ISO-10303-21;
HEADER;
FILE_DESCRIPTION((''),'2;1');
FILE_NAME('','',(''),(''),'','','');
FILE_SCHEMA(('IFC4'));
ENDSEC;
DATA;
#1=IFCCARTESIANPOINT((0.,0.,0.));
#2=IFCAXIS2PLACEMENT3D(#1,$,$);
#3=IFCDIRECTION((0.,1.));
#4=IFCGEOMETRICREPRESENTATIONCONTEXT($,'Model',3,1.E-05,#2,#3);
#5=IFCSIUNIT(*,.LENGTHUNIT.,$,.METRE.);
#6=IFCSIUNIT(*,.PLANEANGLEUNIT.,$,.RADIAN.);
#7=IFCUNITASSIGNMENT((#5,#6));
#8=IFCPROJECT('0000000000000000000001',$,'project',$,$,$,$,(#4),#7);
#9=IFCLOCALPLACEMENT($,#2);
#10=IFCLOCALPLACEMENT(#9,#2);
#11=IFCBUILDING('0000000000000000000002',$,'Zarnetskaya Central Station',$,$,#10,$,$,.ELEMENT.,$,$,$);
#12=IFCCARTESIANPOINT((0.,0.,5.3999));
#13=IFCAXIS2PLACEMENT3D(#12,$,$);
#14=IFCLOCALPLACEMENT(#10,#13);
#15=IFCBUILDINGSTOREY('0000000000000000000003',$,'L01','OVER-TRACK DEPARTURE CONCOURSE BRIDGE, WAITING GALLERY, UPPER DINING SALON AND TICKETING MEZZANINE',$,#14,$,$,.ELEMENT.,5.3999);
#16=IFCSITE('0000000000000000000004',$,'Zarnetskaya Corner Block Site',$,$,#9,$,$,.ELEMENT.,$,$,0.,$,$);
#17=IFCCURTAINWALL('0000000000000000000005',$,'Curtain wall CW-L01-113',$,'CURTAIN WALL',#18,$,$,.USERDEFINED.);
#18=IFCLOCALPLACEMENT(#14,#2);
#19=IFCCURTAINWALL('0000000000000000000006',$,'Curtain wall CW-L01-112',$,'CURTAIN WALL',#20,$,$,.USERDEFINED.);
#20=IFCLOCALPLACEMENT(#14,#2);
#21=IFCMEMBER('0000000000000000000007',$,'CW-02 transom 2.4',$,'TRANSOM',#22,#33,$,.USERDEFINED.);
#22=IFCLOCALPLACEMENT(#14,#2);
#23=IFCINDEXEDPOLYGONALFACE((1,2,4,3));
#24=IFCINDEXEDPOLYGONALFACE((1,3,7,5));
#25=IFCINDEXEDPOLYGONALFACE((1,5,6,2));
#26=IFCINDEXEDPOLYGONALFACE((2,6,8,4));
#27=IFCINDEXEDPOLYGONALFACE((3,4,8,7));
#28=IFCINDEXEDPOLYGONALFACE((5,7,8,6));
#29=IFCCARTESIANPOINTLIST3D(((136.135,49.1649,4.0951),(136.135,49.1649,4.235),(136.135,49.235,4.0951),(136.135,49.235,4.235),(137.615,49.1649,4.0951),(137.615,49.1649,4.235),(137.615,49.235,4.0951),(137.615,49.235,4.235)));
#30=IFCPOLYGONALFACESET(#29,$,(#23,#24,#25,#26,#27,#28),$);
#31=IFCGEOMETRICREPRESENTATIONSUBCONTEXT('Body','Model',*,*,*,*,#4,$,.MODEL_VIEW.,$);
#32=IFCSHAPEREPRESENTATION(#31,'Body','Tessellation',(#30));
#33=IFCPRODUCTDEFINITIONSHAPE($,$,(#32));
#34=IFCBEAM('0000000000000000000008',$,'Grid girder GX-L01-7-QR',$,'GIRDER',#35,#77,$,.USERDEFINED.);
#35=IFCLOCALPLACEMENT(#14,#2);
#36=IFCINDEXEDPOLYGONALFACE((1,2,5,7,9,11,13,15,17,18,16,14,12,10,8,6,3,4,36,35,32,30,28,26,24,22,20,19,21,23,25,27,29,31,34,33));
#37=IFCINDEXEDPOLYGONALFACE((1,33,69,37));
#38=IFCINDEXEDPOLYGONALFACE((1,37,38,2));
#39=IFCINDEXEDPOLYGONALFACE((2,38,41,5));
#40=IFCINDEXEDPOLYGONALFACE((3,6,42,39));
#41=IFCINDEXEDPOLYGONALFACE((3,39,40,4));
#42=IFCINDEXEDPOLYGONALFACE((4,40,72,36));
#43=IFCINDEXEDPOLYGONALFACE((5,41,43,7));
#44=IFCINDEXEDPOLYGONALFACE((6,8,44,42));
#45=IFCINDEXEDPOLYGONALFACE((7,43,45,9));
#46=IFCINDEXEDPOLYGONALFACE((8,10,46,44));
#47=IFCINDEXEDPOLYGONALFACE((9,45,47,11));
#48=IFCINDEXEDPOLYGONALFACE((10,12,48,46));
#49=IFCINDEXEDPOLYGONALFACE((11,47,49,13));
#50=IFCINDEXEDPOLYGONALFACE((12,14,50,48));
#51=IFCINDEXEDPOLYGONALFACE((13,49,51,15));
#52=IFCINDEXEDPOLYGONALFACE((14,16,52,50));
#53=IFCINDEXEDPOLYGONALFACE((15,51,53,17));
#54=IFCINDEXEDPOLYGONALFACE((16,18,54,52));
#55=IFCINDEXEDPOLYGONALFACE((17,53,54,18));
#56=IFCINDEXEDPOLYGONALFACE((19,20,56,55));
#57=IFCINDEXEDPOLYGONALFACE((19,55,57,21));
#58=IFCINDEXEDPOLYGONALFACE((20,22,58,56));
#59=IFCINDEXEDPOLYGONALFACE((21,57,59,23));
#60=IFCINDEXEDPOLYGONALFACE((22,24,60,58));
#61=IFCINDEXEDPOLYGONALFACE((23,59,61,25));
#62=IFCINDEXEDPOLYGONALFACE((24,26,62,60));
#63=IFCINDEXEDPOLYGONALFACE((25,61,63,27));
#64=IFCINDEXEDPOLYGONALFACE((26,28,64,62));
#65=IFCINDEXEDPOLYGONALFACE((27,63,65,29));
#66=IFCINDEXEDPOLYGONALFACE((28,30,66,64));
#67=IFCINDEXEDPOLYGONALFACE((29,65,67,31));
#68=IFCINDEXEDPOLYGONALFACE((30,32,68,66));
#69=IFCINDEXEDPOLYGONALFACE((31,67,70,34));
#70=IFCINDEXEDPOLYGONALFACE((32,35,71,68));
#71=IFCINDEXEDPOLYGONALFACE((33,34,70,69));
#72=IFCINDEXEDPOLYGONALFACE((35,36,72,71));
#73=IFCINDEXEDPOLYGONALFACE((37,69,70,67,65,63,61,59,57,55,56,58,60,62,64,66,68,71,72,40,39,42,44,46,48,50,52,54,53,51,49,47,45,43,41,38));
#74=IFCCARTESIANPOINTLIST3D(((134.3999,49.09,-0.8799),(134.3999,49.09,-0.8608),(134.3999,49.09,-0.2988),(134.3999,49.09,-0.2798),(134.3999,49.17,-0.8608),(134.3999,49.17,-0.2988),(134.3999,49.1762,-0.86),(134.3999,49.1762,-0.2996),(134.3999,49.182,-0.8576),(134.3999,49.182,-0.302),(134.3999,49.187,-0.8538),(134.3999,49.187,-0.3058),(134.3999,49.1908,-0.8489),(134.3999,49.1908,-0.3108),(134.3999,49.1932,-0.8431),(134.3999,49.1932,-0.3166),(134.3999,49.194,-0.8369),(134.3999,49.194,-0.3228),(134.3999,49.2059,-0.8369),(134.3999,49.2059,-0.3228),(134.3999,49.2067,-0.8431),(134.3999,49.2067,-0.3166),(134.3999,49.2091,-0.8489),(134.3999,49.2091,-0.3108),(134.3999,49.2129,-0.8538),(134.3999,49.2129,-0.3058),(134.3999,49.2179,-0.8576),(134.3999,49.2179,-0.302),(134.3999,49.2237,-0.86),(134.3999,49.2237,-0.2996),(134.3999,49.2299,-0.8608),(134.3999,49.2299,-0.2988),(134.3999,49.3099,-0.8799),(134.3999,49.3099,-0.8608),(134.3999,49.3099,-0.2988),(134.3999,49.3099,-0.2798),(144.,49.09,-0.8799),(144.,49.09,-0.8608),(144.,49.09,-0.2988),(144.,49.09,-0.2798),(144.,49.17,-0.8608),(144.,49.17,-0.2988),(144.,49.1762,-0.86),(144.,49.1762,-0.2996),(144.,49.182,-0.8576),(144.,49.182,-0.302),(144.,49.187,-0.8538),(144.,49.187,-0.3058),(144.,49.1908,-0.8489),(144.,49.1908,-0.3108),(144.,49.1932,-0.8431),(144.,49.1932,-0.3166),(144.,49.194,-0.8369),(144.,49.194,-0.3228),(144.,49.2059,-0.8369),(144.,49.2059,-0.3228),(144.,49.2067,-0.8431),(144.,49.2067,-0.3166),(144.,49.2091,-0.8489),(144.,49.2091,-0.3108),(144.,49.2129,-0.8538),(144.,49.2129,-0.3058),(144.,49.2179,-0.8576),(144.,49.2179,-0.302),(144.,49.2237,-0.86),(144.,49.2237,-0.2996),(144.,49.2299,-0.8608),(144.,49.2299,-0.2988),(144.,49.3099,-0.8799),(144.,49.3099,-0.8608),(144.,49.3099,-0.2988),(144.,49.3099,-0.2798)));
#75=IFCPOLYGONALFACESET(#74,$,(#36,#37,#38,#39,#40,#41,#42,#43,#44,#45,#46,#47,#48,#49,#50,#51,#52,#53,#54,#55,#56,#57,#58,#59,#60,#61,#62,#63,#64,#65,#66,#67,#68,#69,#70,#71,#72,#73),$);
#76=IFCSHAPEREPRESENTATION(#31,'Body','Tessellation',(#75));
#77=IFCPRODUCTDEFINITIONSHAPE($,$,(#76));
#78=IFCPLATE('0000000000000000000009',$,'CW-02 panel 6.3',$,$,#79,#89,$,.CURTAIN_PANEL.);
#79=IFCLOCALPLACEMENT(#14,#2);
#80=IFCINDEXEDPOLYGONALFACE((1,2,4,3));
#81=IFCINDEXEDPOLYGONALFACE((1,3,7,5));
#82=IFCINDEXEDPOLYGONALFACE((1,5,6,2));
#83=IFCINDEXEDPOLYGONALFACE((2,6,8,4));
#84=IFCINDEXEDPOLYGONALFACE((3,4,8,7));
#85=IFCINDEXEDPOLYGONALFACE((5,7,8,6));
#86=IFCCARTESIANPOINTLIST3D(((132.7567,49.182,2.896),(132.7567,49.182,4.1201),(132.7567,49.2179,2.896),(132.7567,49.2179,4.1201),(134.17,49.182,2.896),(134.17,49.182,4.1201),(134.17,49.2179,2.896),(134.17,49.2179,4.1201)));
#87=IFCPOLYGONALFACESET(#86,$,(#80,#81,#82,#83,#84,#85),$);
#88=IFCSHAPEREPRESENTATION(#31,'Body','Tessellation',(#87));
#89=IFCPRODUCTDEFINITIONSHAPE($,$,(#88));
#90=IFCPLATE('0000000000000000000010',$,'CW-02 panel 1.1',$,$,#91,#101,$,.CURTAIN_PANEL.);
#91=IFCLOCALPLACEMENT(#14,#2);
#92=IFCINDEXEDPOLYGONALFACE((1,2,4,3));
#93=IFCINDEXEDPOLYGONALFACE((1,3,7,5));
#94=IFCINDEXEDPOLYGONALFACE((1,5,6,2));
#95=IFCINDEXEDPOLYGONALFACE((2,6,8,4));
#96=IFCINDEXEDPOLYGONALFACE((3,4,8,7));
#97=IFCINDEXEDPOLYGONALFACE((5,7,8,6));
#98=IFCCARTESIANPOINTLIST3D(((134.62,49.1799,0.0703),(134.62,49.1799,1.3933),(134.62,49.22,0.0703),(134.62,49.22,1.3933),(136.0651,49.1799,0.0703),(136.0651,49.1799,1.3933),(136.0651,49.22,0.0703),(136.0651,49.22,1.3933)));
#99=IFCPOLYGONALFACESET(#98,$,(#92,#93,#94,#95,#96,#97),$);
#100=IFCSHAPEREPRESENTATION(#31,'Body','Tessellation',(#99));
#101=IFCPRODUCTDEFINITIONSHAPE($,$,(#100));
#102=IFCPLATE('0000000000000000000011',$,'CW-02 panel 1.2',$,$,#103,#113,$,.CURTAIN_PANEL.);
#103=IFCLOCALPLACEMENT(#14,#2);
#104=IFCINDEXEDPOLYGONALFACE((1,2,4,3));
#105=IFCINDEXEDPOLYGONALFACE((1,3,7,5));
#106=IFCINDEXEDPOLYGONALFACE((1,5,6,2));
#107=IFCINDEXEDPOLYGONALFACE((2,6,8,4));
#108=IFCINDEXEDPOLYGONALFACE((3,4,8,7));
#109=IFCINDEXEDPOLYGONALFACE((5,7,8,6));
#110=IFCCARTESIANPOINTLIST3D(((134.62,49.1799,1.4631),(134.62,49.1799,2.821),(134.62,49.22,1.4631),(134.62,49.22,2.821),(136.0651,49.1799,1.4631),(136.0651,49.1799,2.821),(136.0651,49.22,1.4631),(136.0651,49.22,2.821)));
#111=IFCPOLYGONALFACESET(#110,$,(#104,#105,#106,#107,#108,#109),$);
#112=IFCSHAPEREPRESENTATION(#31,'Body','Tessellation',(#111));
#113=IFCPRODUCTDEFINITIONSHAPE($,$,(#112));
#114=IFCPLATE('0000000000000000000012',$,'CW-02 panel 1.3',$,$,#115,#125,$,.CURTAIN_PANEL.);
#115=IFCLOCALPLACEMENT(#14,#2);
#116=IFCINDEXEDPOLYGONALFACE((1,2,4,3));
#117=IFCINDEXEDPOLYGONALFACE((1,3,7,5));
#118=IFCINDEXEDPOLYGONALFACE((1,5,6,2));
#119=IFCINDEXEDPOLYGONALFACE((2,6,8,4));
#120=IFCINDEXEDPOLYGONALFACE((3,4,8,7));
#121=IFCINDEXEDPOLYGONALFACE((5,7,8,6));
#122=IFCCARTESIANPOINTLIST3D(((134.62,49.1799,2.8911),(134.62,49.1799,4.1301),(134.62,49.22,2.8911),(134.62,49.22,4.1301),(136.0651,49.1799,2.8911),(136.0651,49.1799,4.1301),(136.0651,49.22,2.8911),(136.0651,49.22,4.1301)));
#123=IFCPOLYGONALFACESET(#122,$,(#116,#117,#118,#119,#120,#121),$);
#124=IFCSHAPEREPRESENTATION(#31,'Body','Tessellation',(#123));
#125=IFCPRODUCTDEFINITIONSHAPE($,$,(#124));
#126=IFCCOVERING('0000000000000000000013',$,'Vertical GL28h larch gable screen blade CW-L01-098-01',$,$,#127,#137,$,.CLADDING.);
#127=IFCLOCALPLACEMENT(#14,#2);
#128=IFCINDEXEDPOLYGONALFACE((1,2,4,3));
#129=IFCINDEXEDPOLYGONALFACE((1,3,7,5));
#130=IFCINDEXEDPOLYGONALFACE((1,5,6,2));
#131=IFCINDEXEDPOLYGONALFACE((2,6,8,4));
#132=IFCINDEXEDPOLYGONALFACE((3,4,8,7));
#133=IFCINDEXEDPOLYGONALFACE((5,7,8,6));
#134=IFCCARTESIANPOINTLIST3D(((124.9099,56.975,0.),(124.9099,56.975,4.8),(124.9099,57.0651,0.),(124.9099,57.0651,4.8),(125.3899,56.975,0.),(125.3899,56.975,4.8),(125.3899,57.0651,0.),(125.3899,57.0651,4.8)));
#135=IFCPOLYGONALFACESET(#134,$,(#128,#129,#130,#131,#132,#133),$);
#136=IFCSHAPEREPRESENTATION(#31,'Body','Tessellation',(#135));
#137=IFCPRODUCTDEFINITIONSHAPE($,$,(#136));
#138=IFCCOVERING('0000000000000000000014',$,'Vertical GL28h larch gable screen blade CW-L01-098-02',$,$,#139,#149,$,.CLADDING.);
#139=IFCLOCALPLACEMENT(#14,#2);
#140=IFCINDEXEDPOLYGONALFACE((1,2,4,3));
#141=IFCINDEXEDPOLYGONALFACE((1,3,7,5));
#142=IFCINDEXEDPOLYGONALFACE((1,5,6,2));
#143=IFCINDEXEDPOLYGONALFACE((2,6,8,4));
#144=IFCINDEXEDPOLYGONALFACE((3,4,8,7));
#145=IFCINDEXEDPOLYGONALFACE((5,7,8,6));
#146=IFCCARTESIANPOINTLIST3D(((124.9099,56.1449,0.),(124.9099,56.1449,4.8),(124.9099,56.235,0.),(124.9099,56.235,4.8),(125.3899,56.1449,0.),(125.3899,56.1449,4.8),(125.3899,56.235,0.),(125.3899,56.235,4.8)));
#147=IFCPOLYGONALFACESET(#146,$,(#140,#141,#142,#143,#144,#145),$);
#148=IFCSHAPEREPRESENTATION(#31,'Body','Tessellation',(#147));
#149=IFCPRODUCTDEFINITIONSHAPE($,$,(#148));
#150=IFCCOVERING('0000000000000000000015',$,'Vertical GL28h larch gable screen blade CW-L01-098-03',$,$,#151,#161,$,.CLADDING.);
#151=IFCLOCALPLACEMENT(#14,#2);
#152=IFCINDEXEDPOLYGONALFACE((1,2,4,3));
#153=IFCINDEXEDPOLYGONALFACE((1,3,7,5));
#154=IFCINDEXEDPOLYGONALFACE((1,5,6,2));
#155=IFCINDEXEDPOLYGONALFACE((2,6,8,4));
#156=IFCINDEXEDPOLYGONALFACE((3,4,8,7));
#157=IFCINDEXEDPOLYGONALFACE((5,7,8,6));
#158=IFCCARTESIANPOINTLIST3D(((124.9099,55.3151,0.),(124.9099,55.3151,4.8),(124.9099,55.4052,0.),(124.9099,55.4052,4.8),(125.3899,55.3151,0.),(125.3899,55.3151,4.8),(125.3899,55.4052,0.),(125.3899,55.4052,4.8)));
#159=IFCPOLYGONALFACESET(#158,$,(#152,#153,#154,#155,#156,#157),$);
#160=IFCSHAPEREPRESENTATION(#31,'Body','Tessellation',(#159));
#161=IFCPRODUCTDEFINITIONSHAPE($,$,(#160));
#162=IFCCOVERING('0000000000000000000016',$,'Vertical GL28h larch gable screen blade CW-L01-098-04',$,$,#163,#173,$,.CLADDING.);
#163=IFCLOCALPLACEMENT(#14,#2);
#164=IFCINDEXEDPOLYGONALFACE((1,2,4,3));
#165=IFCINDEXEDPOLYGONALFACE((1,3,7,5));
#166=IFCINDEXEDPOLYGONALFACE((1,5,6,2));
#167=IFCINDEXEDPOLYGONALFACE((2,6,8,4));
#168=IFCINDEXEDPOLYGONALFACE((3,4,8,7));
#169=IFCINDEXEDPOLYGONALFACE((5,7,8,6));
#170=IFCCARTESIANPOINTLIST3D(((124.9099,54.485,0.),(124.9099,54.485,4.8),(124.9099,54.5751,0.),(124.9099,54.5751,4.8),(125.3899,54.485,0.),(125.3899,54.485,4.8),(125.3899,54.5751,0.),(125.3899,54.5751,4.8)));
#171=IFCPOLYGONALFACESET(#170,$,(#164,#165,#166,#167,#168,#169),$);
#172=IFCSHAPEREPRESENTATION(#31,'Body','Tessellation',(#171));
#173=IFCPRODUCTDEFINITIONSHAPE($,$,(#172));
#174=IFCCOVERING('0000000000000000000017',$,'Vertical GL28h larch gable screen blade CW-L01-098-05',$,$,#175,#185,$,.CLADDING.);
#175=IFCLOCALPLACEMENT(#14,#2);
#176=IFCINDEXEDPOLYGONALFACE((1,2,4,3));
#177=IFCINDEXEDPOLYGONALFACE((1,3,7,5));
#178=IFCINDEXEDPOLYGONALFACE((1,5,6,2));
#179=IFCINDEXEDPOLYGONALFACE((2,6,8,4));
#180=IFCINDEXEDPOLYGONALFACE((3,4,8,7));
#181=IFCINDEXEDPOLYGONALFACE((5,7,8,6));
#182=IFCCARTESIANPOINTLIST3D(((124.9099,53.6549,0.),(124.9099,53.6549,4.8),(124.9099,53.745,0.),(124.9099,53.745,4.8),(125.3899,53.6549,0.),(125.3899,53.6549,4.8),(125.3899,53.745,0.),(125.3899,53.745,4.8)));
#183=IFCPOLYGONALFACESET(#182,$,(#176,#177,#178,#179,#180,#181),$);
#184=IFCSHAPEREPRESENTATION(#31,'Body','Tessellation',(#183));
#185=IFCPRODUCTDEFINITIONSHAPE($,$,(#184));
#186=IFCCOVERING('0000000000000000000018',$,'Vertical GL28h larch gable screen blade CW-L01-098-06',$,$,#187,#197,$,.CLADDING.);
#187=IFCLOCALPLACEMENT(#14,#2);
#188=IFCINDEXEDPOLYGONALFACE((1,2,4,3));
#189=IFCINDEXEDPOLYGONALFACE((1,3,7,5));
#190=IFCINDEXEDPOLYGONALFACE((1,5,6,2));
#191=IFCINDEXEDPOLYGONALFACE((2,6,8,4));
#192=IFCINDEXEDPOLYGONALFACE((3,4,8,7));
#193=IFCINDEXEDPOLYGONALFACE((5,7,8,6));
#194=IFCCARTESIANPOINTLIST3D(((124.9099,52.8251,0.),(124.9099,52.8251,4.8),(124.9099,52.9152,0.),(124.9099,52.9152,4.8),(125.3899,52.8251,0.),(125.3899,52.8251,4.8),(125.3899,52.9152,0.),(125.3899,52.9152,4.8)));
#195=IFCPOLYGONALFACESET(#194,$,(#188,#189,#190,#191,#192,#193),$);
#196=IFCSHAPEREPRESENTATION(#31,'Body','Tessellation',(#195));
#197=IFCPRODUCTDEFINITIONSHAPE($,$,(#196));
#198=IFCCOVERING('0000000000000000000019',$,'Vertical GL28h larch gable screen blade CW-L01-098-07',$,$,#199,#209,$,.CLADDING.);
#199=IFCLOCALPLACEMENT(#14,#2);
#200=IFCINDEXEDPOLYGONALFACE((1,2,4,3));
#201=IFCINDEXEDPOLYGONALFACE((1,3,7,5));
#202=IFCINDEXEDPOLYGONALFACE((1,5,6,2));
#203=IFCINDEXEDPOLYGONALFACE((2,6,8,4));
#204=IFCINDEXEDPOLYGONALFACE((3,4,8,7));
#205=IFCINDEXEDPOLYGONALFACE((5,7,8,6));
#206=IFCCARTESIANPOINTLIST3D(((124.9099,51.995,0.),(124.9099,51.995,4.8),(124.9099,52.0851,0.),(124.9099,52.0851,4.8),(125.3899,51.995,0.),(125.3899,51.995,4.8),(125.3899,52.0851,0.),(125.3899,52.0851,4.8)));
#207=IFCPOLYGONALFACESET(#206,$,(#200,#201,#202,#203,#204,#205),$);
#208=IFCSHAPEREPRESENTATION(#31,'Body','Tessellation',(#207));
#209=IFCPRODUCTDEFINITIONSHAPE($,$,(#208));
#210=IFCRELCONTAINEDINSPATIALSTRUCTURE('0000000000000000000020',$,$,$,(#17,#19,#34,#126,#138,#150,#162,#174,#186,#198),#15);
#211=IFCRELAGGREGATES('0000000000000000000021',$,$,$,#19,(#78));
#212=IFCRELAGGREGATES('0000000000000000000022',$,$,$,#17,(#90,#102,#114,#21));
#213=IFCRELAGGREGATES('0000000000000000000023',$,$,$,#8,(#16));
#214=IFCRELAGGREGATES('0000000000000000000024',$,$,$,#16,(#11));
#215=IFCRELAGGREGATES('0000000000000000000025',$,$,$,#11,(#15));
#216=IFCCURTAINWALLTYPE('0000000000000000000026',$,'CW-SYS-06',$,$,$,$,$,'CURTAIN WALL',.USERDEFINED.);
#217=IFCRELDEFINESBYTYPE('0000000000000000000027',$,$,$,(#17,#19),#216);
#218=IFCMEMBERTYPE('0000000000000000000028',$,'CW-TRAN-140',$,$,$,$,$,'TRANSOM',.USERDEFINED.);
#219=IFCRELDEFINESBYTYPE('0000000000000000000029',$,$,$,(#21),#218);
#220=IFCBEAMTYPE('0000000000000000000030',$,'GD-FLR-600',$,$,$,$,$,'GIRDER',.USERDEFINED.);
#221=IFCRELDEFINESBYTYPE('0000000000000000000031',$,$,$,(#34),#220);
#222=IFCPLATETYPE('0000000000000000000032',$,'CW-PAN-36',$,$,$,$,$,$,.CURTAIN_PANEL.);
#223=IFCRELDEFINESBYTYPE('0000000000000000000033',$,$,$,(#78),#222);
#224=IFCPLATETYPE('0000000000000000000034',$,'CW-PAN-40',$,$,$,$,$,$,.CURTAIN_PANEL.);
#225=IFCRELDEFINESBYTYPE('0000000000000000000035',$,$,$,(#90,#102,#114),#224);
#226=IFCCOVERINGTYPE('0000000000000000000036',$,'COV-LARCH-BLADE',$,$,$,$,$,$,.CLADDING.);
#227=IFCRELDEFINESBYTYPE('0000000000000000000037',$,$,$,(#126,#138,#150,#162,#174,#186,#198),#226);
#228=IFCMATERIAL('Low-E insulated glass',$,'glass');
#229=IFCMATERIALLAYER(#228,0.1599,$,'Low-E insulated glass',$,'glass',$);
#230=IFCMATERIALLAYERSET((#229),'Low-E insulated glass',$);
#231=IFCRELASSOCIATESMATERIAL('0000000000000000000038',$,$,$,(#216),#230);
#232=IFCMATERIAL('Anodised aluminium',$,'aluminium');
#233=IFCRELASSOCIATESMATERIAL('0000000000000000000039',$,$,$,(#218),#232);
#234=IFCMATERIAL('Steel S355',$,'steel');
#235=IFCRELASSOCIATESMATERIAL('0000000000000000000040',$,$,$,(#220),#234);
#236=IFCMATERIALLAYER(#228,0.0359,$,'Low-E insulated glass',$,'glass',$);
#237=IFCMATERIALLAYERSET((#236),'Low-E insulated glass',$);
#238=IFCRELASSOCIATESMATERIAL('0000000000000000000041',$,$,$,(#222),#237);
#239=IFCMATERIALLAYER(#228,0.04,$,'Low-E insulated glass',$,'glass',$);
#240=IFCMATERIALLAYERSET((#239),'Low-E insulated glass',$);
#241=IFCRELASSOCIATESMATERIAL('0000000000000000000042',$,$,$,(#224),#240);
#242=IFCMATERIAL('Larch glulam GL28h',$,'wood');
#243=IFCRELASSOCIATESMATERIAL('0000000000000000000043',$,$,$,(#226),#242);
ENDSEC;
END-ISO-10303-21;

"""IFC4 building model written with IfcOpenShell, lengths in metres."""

from ifc_helpers import new_model, si_unit, direction, frame, origin, origin_2d, place, context, subcontext, project, spatial, rectangle, i_section, extrude, material, layer, layer_set, material_profile, profile_set, type_object, element, aggregate, save


model = new_model("IFC4")

# Units and contexts
model_context = context("Model", 3, precision=1e-05, world=origin(), true_north=direction((0.0, 1.0)))
body_context = subcontext(model_context, "Body", "Model", "MODEL_VIEW")
ifc_project = project(units=[si_unit("LENGTHUNIT", "METRE"), si_unit("PLANEANGLEUNIT", "RADIAN")], contexts=[model_context])

# Site, building, storey
site_placement = place(None, origin())
site = spatial("IfcSite", under=ifc_project, at=site_placement, Name="Zarnetskaya Corner Block Site", CompositionType="ELEMENT", RefElevation=0.0)
building_placement = place(site_placement, origin())
building = spatial("IfcBuilding", under=site, at=building_placement, Name="Zarnetskaya Central Station", CompositionType="ELEMENT")
storey_placement = place(building_placement, frame((0.0, 0.0, 5.3999)))
storey = spatial("IfcBuildingStorey", under=building, at=storey_placement, Name="L01", Description="OVER-TRACK DEPARTURE CONCOURSE BRIDGE, WAITING GALLERY, UPPER DINING SALON AND TICKETING MEZZANINE", CompositionType="ELEMENT", Elevation=5.3999)

# Shared definitions
ifc_material_1 = material(Name="Steel S355", Category="steel")

# Curtain wall
ifc_material_2 = material(Name="Low-E insulated glass", Category="glass")
ifc_layer_1 = layer(ifc_material_2, 0.1599, Name="Low-E insulated glass", Category="glass")
ifc_layer_set_1 = layer_set([ifc_layer_1], Name="Low-E insulated glass")
curtain_wall_type = type_object("IfcCurtainWallType", Name="CW-SYS-06", ElementType="CURTAIN WALL", PredefinedType="USERDEFINED", material=ifc_layer_set_1)
curtain_wall_1_placement = place(storey_placement, origin())
curtain_wall_1 = element("IfcCurtainWall", 1, at=curtain_wall_1_placement, inside=storey, type_object=curtain_wall_type, Name="Curtain wall CW-L01-113", ObjectType="CURTAIN WALL", PredefinedType="USERDEFINED")
ifc_material_3 = material(Name="Anodised aluminium", Category="aluminium")

# Curtain wall
curtain_wall_2_placement = place(storey_placement, origin())
curtain_wall_2 = element("IfcCurtainWall", 2, at=curtain_wall_2_placement, inside=storey, type_object=curtain_wall_type, Name="Curtain wall CW-L01-112", ObjectType="CURTAIN WALL", PredefinedType="USERDEFINED")

# Member
ifc_material_profile_1 = material_profile(ifc_material_3, rectangle(XDim=0.0701, YDim=0.1399, at=origin_2d()), Name="ALU TRAN 70x140")
ifc_profile_set_1 = profile_set([ifc_material_profile_1], Name="Anodised aluminium")
member_type_1 = type_object("IfcMemberType", Name="CW-TRAN-140", ElementType="TRANSOM", PredefinedType="USERDEFINED", material=ifc_profile_set_1)
member_1_placement = place(storey_placement, frame((136.135, 49.2, 4.165), z_axis=(1.0, 0.0, 0.0), x_axis=(0.0, 1.0, 0.0)))
member_1 = element("IfcMember", 3, at=member_1_placement, type_object=member_type_1, Name="CW-02 transom 2.4", ObjectType="TRANSOM", PredefinedType="USERDEFINED", context=body_context, shape_type="SweptSolid", body=[
    extrude(rectangle(XDim=0.0701, YDim=0.1399, at=origin_2d()), origin(), (0.0, 0.0, 1.0), 1.48),
])

# Beam
ifc_material_profile_2 = material_profile(ifc_material_1, i_section(OverallWidth=0.22, OverallDepth=0.6001, WebThickness=0.012, FlangeThickness=0.019, FilletRadius=0.0239, at=origin_2d()), Name="IPE 600")
ifc_profile_set_2 = profile_set([ifc_material_profile_2], Name="Steel S355")
beam_type = type_object("IfcBeamType", Name="GD-FLR-600", ElementType="GIRDER", PredefinedType="USERDEFINED", material=ifc_profile_set_2)
beam_placement = place(storey_placement, frame((134.3999, 49.2, -0.5798), z_axis=(1.0, 0.0, 0.0), x_axis=(0.0, 1.0, 0.0)))
element("IfcBeam", 4, at=beam_placement, inside=storey, type_object=beam_type, Name="Grid girder GX-L01-7-QR", ObjectType="GIRDER", PredefinedType="USERDEFINED", context=body_context, shape_type="SweptSolid", body=[
    extrude(i_section(OverallWidth=0.22, OverallDepth=0.6001, WebThickness=0.012, FlangeThickness=0.019, FilletRadius=0.0239, at=origin_2d()), origin(), (0.0, 0.0, 1.0), 9.6001),
])

# Plates
ifc_layer_2 = layer(ifc_material_2, 0.0359, Name="Low-E insulated glass", Category="glass")
ifc_layer_set_2 = layer_set([ifc_layer_2], Name="Low-E insulated glass")
plate_type_1 = type_object("IfcPlateType", Name="CW-PAN-36", PredefinedType="CURTAIN_PANEL", material=ifc_layer_set_2)
plate_1_placement = place(storey_placement, frame((133.4634, 49.2, 2.896), z_axis=(0.0, 0.0, 1.0), x_axis=(1.0, 0.0, 0.0)))
plate_1 = element("IfcPlate", 5, at=plate_1_placement, type_object=plate_type_1, Name="CW-02 panel 6.3", PredefinedType="CURTAIN_PANEL", context=body_context, shape_type="SweptSolid", body=[
    extrude(rectangle(XDim=1.4133, YDim=0.0359, at=origin_2d()), origin(), (0.0, 0.0, 1.0), 1.2241),
])
aggregate(curtain_wall_2, [plate_1])
ifc_layer_3 = layer(ifc_material_2, 0.04, Name="Low-E insulated glass", Category="glass")
ifc_layer_set_3 = layer_set([ifc_layer_3], Name="Low-E insulated glass")
plate_type_2 = type_object("IfcPlateType", Name="CW-PAN-40", PredefinedType="CURTAIN_PANEL", material=ifc_layer_set_3)
plate_2_placement = place(storey_placement, frame((135.3425, 49.2, 0.0703), z_axis=(0.0, 0.0, 1.0), x_axis=(1.0, 0.0, 0.0)))
plate_2 = element("IfcPlate", 6, at=plate_2_placement, type_object=plate_type_2, Name="CW-02 panel 1.1", PredefinedType="CURTAIN_PANEL", context=body_context, shape_type="SweptSolid", body=[
    extrude(rectangle(XDim=1.4451, YDim=0.04, at=origin_2d()), origin(), (0.0, 0.0, 1.0), 1.323),
])
plate_3_placement = place(storey_placement, frame((135.3425, 49.2, 1.4631), z_axis=(0.0, 0.0, 1.0), x_axis=(1.0, 0.0, 0.0)))
plate_3 = element("IfcPlate", 7, at=plate_3_placement, type_object=plate_type_2, Name="CW-02 panel 1.2", PredefinedType="CURTAIN_PANEL", context=body_context, shape_type="SweptSolid", body=[
    extrude(rectangle(XDim=1.4451, YDim=0.04, at=origin_2d()), origin(), (0.0, 0.0, 1.0), 1.3579),
])
plate_4_placement = place(storey_placement, frame((135.3425, 49.2, 2.8911), z_axis=(0.0, 0.0, 1.0), x_axis=(1.0, 0.0, 0.0)))
plate_4 = element("IfcPlate", 8, at=plate_4_placement, type_object=plate_type_2, Name="CW-02 panel 1.3", PredefinedType="CURTAIN_PANEL", context=body_context, shape_type="SweptSolid", body=[
    extrude(rectangle(XDim=1.4451, YDim=0.04, at=origin_2d()), origin(), (0.0, 0.0, 1.0), 1.239),
])
aggregate(curtain_wall_1, [plate_2, plate_3, plate_4, member_1])

# Coverings
ifc_material_4 = material(Name="Larch glulam GL28h", Category="wood")
covering_type = type_object("IfcCoveringType", Name="COV-LARCH-BLADE", PredefinedType="CLADDING", material=ifc_material_4)
for number, where, z_axis, x_axis, name in (
    (9, (125.1499, 57.02, 0.0), (0.0, 0.0, 1.0), (0.0, -1.0, 0.0), "Vertical GL28h larch gable screen blade CW-L01-098-01"),
    (10, (125.1499, 56.1899, 0.0), (0.0, 0.0, 1.0), (0.0, -1.0, 0.0), "Vertical GL28h larch gable screen blade CW-L01-098-02"),
    (11, (125.1499, 55.3601, 0.0), (0.0, 0.0, 1.0), (0.0, -1.0, 0.0), "Vertical GL28h larch gable screen blade CW-L01-098-03"),
    (12, (125.1499, 54.53, 0.0), (0.0, 0.0, 1.0), (0.0, -1.0, 0.0), "Vertical GL28h larch gable screen blade CW-L01-098-04"),
    (13, (125.1499, 53.7, 0.0), (0.0, 0.0, 1.0), (0.0, -1.0, 0.0), "Vertical GL28h larch gable screen blade CW-L01-098-05"),
    (14, (125.1499, 52.8701, 0.0), (0.0, 0.0, 1.0), (0.0, -1.0, 0.0), "Vertical GL28h larch gable screen blade CW-L01-098-06"),
    (15, (125.1499, 52.04, 0.0), (0.0, 0.0, 1.0), (0.0, -1.0, 0.0), "Vertical GL28h larch gable screen blade CW-L01-098-07"),
):
    element("IfcCovering", number, at=place(storey_placement, frame(where, z_axis=z_axis, x_axis=x_axis)), inside=storey, type_object=covering_type, Name=name, PredefinedType="CLADDING", context=body_context, shape_type="SweptSolid", body=[
        extrude(rectangle(XDim=0.0901, YDim=0.48, at=origin_2d()), origin(), (0.0, 0.0, 1.0), 4.8),
    ])

save(model, "model.ifc")
